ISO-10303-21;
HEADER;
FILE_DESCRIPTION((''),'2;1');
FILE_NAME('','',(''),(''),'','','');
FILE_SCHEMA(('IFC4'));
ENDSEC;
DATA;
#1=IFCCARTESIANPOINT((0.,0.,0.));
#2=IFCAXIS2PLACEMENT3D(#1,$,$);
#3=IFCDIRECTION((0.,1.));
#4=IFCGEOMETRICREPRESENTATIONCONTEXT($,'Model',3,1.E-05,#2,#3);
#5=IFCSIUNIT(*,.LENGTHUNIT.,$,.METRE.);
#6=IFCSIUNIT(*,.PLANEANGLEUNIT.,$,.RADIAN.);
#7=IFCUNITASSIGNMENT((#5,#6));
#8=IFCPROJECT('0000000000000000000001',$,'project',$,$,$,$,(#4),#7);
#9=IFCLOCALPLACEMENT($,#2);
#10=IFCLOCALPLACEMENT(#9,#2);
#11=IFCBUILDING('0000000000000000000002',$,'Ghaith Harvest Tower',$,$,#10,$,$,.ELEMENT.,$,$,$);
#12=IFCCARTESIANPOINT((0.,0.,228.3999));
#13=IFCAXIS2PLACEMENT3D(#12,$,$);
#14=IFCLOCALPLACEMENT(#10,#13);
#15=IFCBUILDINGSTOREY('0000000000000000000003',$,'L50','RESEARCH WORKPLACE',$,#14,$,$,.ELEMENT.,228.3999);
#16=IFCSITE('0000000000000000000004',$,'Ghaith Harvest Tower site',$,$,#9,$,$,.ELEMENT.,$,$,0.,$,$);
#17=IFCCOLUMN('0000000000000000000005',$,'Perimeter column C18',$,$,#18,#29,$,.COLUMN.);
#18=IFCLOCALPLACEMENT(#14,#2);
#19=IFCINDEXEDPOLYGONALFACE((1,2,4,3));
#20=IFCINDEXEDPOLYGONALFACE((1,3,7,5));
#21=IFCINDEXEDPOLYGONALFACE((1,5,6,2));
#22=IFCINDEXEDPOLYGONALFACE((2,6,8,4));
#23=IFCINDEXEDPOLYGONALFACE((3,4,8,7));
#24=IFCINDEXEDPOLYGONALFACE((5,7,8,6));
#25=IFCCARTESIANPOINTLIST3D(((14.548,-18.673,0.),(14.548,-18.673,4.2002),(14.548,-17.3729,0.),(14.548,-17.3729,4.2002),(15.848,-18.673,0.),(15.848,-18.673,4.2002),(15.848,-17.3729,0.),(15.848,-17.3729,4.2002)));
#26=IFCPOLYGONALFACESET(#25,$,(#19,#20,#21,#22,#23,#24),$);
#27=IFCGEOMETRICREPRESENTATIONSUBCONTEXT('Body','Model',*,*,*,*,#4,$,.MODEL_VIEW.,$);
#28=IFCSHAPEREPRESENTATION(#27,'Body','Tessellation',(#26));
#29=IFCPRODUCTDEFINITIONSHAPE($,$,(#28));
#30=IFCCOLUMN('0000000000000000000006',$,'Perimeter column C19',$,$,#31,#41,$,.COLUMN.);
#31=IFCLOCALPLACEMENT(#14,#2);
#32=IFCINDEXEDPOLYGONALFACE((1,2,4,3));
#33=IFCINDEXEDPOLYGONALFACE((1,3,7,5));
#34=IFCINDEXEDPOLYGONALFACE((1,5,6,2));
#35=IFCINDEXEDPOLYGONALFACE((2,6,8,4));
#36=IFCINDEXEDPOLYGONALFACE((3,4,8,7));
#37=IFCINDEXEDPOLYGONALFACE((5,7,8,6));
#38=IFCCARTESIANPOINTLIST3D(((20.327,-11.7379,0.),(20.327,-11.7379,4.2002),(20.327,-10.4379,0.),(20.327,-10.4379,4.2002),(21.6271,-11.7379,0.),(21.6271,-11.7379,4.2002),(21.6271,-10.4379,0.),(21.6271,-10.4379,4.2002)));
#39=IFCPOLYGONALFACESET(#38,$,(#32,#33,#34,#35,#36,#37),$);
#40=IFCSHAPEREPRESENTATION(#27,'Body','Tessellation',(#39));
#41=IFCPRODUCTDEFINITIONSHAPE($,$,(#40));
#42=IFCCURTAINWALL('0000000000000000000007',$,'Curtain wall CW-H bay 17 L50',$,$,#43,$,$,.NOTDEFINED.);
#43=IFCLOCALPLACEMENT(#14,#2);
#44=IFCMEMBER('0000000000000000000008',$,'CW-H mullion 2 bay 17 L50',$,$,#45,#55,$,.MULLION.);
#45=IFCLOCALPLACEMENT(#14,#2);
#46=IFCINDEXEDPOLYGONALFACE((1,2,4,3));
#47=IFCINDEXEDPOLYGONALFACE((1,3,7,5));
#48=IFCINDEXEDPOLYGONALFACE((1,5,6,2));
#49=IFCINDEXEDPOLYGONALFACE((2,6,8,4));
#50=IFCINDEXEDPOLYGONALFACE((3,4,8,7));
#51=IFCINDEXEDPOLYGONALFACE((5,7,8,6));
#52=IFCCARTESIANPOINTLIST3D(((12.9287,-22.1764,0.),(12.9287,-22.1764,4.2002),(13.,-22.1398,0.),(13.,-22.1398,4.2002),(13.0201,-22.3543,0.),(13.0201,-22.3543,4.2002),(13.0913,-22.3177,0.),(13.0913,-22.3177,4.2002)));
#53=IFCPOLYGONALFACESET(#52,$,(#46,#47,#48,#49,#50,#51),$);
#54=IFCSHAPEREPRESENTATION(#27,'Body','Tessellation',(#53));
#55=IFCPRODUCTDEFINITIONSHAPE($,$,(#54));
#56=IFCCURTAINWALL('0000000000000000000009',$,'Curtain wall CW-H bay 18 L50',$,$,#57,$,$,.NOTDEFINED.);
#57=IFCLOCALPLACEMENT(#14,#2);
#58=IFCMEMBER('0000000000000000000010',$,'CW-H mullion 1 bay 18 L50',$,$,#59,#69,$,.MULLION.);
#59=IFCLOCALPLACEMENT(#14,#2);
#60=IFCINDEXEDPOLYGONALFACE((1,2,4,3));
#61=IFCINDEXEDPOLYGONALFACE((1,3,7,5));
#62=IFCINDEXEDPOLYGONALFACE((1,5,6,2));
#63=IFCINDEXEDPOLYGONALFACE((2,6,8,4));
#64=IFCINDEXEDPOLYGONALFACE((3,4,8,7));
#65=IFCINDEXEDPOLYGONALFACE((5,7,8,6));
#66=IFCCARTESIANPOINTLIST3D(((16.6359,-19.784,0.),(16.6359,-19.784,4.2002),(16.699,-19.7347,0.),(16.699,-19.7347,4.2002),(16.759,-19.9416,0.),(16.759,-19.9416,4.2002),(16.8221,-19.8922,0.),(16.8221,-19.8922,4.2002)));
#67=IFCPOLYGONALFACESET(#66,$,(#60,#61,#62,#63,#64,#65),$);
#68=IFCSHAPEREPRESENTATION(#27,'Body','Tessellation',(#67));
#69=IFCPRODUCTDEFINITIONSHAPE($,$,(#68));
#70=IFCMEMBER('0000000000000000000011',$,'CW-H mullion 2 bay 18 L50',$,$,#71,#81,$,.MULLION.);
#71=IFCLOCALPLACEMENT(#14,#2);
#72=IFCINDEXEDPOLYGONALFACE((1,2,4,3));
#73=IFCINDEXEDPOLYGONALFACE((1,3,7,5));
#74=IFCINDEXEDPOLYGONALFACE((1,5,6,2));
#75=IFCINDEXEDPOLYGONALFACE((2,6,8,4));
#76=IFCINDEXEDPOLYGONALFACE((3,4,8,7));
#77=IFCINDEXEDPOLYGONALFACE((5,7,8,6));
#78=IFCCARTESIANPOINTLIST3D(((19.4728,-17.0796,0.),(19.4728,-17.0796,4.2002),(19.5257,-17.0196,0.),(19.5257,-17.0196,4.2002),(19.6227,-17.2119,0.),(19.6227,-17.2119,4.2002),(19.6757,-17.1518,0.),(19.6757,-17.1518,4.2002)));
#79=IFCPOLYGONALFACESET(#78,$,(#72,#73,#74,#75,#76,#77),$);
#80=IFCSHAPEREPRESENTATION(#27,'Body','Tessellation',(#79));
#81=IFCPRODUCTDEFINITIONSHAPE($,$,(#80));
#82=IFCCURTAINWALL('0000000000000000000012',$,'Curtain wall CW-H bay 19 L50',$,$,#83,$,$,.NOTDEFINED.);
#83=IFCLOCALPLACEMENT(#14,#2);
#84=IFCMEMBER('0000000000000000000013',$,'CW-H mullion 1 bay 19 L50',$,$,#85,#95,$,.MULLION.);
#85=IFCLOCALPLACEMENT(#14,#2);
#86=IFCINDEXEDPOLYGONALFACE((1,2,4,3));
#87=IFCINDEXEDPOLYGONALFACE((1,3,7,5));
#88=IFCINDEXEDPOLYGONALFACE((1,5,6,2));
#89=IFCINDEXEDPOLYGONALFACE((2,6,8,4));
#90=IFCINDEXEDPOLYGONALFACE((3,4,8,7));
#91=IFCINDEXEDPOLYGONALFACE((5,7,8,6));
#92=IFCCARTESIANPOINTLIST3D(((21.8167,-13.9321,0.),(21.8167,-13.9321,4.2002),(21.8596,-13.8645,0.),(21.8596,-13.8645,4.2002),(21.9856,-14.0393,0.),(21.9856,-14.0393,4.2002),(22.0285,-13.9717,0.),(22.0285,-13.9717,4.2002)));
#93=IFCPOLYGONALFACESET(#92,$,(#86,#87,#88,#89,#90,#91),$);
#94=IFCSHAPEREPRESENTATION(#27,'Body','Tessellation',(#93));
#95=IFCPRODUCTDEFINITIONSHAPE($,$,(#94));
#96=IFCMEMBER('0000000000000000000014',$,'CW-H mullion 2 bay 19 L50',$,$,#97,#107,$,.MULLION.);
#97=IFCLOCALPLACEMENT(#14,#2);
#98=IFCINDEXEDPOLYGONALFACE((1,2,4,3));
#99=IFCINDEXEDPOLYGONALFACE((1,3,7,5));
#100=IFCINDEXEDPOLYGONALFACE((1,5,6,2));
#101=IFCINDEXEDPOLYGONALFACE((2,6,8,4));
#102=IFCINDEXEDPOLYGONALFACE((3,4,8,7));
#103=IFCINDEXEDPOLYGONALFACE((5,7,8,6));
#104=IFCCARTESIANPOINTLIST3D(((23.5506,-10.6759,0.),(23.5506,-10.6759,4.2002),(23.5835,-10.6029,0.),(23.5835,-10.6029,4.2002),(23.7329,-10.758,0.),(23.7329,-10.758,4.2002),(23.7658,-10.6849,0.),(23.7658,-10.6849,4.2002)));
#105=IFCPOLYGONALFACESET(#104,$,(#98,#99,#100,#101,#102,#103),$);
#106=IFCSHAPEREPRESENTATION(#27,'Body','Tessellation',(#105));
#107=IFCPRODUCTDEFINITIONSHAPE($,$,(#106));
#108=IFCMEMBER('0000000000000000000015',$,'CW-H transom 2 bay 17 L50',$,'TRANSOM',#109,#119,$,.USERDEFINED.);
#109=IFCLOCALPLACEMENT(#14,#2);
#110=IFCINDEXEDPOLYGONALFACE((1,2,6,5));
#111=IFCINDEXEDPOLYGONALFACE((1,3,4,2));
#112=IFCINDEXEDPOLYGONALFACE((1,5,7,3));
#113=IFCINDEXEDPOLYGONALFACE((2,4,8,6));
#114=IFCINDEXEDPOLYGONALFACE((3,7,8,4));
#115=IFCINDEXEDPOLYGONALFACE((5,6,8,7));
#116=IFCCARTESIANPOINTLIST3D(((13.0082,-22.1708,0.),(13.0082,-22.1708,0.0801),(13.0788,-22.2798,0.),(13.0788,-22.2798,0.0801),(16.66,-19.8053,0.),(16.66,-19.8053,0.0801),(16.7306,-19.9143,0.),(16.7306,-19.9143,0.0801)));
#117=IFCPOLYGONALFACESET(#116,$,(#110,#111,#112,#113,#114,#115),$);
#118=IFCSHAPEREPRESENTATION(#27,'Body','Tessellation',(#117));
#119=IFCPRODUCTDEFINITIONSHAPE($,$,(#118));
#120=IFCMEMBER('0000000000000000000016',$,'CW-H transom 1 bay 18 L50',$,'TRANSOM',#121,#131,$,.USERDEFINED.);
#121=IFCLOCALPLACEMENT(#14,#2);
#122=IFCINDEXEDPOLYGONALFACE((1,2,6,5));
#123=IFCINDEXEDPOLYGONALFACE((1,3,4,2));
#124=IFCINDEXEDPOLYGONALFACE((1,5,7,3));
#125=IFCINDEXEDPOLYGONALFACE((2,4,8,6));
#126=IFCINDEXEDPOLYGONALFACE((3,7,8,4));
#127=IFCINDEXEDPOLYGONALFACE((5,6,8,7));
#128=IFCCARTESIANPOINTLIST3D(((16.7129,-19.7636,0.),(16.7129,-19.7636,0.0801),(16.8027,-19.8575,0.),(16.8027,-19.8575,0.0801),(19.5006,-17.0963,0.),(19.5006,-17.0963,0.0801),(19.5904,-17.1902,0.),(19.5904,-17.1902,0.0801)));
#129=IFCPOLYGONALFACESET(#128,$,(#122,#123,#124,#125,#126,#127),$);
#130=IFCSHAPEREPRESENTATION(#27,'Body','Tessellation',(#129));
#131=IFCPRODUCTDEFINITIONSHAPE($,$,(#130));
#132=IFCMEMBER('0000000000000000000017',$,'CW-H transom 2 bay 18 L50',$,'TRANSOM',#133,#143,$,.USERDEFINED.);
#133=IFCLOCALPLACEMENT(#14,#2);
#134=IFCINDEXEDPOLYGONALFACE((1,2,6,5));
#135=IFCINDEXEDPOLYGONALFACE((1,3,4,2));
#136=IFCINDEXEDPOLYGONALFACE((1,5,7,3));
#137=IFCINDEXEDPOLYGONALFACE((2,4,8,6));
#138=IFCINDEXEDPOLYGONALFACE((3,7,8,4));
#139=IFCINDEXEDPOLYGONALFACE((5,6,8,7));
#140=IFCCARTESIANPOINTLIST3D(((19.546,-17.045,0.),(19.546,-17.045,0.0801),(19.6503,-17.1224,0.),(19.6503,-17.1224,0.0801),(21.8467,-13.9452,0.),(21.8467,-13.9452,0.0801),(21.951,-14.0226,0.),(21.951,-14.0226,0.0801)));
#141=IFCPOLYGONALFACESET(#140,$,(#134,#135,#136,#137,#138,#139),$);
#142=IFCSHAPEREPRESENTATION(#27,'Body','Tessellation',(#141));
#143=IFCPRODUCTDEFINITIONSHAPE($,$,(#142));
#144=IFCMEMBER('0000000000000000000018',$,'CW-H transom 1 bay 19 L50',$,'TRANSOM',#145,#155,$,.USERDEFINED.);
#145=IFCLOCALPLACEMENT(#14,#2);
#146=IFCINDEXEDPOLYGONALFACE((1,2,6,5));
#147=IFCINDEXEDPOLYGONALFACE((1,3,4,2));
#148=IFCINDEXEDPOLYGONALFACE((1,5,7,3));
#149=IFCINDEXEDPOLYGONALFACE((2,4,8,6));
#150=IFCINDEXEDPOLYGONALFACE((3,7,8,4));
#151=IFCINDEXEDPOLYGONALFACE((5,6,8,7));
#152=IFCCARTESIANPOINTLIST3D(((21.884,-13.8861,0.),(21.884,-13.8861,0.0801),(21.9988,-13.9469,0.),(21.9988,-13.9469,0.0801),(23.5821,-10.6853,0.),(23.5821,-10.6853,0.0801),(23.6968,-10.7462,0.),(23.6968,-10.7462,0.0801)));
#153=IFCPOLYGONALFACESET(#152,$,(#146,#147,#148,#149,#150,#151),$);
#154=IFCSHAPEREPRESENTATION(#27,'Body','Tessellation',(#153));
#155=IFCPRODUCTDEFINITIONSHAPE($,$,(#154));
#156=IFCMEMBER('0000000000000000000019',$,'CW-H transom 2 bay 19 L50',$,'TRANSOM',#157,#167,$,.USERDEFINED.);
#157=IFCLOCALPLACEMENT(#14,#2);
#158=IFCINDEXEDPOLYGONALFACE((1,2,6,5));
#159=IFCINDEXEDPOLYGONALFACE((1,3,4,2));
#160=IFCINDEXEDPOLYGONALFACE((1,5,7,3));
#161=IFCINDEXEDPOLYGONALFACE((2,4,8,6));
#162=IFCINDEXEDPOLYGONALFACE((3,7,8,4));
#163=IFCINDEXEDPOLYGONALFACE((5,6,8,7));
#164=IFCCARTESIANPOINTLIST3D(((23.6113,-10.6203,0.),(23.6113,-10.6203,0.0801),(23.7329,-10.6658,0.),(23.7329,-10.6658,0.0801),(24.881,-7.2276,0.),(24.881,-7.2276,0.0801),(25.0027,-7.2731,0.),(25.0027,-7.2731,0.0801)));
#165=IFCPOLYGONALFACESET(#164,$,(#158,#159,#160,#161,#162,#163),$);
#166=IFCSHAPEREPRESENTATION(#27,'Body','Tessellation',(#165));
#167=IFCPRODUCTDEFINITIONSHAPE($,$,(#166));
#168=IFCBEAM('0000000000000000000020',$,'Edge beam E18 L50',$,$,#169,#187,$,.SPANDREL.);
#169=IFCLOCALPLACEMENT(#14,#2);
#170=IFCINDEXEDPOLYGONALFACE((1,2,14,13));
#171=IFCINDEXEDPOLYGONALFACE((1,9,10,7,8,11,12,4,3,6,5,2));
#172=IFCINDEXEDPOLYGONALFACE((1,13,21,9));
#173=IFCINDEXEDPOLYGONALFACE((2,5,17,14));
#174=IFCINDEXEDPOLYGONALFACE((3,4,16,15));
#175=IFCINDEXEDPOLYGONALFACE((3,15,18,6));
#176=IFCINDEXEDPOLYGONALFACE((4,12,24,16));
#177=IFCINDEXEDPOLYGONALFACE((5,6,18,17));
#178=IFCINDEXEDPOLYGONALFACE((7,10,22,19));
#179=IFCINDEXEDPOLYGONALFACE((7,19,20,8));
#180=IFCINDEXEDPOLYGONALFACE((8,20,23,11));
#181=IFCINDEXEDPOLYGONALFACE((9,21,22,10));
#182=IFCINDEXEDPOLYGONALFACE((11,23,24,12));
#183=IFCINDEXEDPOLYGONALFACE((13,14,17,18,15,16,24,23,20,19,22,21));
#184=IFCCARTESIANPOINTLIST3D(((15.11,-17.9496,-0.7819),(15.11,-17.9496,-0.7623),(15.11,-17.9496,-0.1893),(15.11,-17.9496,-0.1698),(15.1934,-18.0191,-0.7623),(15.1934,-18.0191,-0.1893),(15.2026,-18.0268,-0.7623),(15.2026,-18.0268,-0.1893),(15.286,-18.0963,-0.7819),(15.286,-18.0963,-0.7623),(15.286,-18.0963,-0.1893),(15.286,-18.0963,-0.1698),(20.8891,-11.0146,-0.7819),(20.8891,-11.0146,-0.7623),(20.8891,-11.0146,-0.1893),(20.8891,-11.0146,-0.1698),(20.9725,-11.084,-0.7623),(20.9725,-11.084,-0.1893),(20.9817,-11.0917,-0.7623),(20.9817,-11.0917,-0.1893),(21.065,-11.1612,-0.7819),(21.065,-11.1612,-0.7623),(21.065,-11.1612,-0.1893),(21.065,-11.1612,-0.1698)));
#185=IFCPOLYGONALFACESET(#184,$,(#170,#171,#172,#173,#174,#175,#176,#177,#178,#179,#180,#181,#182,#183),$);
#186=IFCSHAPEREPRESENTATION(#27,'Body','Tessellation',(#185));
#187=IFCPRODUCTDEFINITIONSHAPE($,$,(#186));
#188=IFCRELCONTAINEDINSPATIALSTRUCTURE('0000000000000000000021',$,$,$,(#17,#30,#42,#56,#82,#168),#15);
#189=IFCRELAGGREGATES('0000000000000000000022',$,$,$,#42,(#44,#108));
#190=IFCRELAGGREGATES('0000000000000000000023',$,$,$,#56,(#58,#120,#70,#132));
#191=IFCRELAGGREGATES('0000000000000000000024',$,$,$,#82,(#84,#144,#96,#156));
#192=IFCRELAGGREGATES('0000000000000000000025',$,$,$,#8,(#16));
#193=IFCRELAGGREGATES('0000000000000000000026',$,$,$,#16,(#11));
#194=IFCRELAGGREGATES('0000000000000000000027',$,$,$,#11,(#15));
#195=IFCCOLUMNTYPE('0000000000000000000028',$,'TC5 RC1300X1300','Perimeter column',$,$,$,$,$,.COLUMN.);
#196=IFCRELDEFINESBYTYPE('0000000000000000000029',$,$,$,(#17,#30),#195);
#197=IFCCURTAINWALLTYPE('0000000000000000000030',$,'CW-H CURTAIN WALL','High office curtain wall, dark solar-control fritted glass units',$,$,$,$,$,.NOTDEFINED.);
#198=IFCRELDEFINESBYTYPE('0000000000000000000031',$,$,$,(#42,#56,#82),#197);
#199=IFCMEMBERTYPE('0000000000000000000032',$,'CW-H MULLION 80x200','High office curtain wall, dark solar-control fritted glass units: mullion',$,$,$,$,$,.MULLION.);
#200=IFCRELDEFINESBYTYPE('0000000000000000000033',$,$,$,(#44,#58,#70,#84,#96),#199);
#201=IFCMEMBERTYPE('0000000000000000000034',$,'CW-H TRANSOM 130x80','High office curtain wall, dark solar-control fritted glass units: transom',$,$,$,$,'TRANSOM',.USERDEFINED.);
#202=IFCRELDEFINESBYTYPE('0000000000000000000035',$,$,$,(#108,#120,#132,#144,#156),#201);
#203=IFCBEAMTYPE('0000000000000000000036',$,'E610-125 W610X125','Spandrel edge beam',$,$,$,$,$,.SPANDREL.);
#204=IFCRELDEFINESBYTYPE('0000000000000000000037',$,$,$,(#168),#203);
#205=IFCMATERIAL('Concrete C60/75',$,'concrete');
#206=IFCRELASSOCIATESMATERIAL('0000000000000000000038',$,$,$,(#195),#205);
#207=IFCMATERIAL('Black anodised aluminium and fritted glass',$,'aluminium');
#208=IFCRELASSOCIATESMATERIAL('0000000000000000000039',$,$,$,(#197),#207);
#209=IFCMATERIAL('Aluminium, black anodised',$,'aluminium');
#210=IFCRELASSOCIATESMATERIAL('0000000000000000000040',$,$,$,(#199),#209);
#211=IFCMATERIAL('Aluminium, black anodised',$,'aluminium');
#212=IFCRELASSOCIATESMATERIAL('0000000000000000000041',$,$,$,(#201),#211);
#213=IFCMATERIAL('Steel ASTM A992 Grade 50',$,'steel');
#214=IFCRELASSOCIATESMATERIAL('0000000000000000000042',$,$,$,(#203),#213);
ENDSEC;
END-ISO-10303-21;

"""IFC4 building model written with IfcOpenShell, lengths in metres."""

from ifc_helpers import new_model, si_unit, direction, frame, origin, origin_2d, place, context, subcontext, project, spatial, rectangle, i_section, extrude, material, material_profile, profile_set, type_object, element, aggregate, save


model = new_model("IFC4")

# Units and contexts
model_context = context("Model", 3, precision=1e-05, world=origin(), true_north=direction((0.0, 1.0)))
body_context = subcontext(model_context, "Body", "Model", "MODEL_VIEW")
ifc_project = project(units=[si_unit("LENGTHUNIT", "METRE"), si_unit("PLANEANGLEUNIT", "RADIAN")], contexts=[model_context])

# Site, building, storey
site_placement = place(None, origin())
site = spatial("IfcSite", under=ifc_project, at=site_placement, Name="Ghaith Harvest Tower site", CompositionType="ELEMENT", RefElevation=0.0)
building_placement = place(site_placement, origin())
building = spatial("IfcBuilding", under=site, at=building_placement, Name="Ghaith Harvest Tower", CompositionType="ELEMENT")
storey_placement = place(building_placement, frame((0.0, 0.0, 228.3999)))
storey = spatial("IfcBuildingStorey", under=building, at=storey_placement, Name="L50", Description="RESEARCH WORKPLACE", CompositionType="ELEMENT", Elevation=228.3999)

# Columns
ifc_material_1 = material(Name="Concrete C60/75", Category="concrete")
ifc_material_profile_1 = material_profile(ifc_material_1, rectangle(XDim=1.3, YDim=1.3, at=origin_2d()), Name="RC1300X1300")
ifc_profile_set_1 = profile_set([ifc_material_profile_1], Name="Concrete C60/75")
column_type = type_object("IfcColumnType", Name="TC5 RC1300X1300", Description="Perimeter column", PredefinedType="COLUMN", material=ifc_profile_set_1)
for number, where, z_axis, x_axis, name in (
    (1, (15.198, -18.0229, 0.0), (0.0, 0.0, 1.0), (1.0, 0.0, 0.0), "Perimeter column C18"),
    (2, (20.9771, -11.0879, 0.0), (0.0, 0.0, 1.0), (1.0, 0.0, 0.0), "Perimeter column C19"),
):
    element("IfcColumn", number, at=place(storey_placement, frame(where, z_axis=z_axis, x_axis=x_axis)), inside=storey, type_object=column_type, Name=name, PredefinedType="COLUMN", context=body_context, shape_type="SweptSolid", body=[
        extrude(rectangle(XDim=1.3, YDim=1.3, at=origin_2d()), origin(), (0.0, 0.0, 1.0), 4.2002),
    ])

# Curtain wall, member
ifc_material_2 = material(Name="Black anodised aluminium and fritted glass", Category="aluminium")
curtain_wall_type = type_object("IfcCurtainWallType", Name="CW-H CURTAIN WALL", Description="High office curtain wall, dark solar-control fritted glass units", PredefinedType="NOTDEFINED", material=ifc_material_2)
curtain_wall_1_placement = place(storey_placement, origin())
curtain_wall_1 = element("IfcCurtainWall", 3, at=curtain_wall_1_placement, inside=storey, type_object=curtain_wall_type, Name="Curtain wall CW-H bay 17 L50", PredefinedType="NOTDEFINED")
ifc_material_3 = material(Name="Aluminium, black anodised", Category="aluminium")
ifc_material_profile_2 = material_profile(ifc_material_3, rectangle(XDim=0.0801, YDim=0.2, at=origin_2d()), Name="CW-H MULLION 80x200")
ifc_profile_set_2 = profile_set([ifc_material_profile_2], Name="Aluminium, black anodised")
member_type_1 = type_object("IfcMemberType", Name="CW-H MULLION 80x200", Description="High office curtain wall, dark solar-control fritted glass units: mullion", PredefinedType="MULLION", material=ifc_profile_set_2)
member_1_placement = place(storey_placement, frame((13.01, -22.2471, 0.0), z_axis=(0.0, 0.0, 1.0), x_axis=(0.889568, 0.456802, 0.0)))
member_1 = element("IfcMember", 4, at=member_1_placement, type_object=member_type_1, Name="CW-H mullion 2 bay 17 L50", PredefinedType="MULLION", context=body_context, shape_type="SweptSolid", body=[
    extrude(rectangle(XDim=0.0801, YDim=0.2, at=origin_2d()), origin(), (0.0, 0.0, 1.0), 4.2002),
])

# Curtain walls, members
curtain_wall_2_placement = place(storey_placement, origin())
curtain_wall_2 = element("IfcCurtainWall", 5, at=curtain_wall_2_placement, inside=storey, type_object=curtain_wall_type, Name="Curtain wall CW-H bay 18 L50", PredefinedType="NOTDEFINED")
member_2_placement = place(storey_placement, frame((16.729, -19.8381, 0.0), z_axis=(0.0, 0.0, 1.0), x_axis=(0.787846, 0.615873, 0.0)))
member_2 = element("IfcMember", 6, at=member_2_placement, type_object=member_type_1, Name="CW-H mullion 1 bay 18 L50", PredefinedType="MULLION", context=body_context, shape_type="SweptSolid", body=[
    extrude(rectangle(XDim=0.0801, YDim=0.2, at=origin_2d()), origin(), (0.0, 0.0, 1.0), 4.2002),
])
member_3_placement = place(storey_placement, frame((19.5742, -17.1157, 0.0), z_axis=(0.0, 0.0, 1.0), x_axis=(0.661615, 0.749844, 0.0)))
member_3 = element("IfcMember", 7, at=member_3_placement, type_object=member_type_1, Name="CW-H mullion 2 bay 18 L50", PredefinedType="MULLION", context=body_context, shape_type="SweptSolid", body=[
    extrude(rectangle(XDim=0.0801, YDim=0.2, at=origin_2d()), origin(), (0.0, 0.0, 1.0), 4.2002),
])
curtain_wall_3_placement = place(storey_placement, origin())
curtain_wall_3 = element("IfcCurtainWall", 8, at=curtain_wall_3_placement, inside=storey, type_object=curtain_wall_type, Name="Curtain wall CW-H bay 19 L50", PredefinedType="NOTDEFINED")
member_4_placement = place(storey_placement, frame((21.9226, -13.9519, 0.0), z_axis=(0.0, 0.0, 1.0), x_axis=(0.535827, 0.844328, 0.0)))
member_4 = element("IfcMember", 9, at=member_4_placement, type_object=member_type_1, Name="CW-H mullion 1 bay 19 L50", PredefinedType="MULLION", context=body_context, shape_type="SweptSolid", body=[
    extrude(rectangle(XDim=0.0801, YDim=0.2, at=origin_2d()), origin(), (0.0, 0.0, 1.0), 4.2002),
])
member_5_placement = place(storey_placement, frame((23.6582, -10.6804, 0.0), z_axis=(0.0, 0.0, 1.0), x_axis=(0.41043, 0.911892, 0.0)))
member_5 = element("IfcMember", 10, at=member_5_placement, type_object=member_type_1, Name="CW-H mullion 2 bay 19 L50", PredefinedType="MULLION", context=body_context, shape_type="SweptSolid", body=[
    extrude(rectangle(XDim=0.0801, YDim=0.2, at=origin_2d()), origin(), (0.0, 0.0, 1.0), 4.2002),
])

# Members
ifc_material_4 = material(Name="Aluminium, black anodised", Category="aluminium")
ifc_material_profile_3 = material_profile(ifc_material_4, rectangle(XDim=0.1299, YDim=0.0801, at=origin_2d()), Name="CW-H TRANSOM 130x80")
ifc_profile_set_3 = profile_set([ifc_material_profile_3], Name="Aluminium, black anodised")
member_type_2 = type_object("IfcMemberType", Name="CW-H TRANSOM 130x80", Description="High office curtain wall, dark solar-control fritted glass units: transom", ElementType="TRANSOM", PredefinedType="USERDEFINED", material=ifc_profile_set_3)
member_6_placement = place(storey_placement, frame((13.0435, -22.2253, 0.04), z_axis=(0.839307, 0.543658, 0.0), x_axis=(-0.543658, 0.839307, 0.0)))
member_6 = element("IfcMember", 11, at=member_6_placement, type_object=member_type_2, Name="CW-H transom 2 bay 17 L50", ObjectType="TRANSOM", PredefinedType="USERDEFINED", context=body_context, shape_type="SweptSolid", body=[
    extrude(rectangle(XDim=0.1299, YDim=0.0801, at=origin_2d()), origin(), (0.0, 0.0, 1.0), 4.3511),
])
member_7_placement = place(storey_placement, frame((16.7578, -19.8105, 0.04), z_axis=(0.722533, 0.691336, 0.0), x_axis=(-0.691336, 0.722533, 0.0)))
member_7 = element("IfcMember", 12, at=member_7_placement, type_object=member_type_2, Name="CW-H transom 1 bay 18 L50", ObjectType="TRANSOM", PredefinedType="USERDEFINED", context=body_context, shape_type="SweptSolid", body=[
    extrude(rectangle(XDim=0.1299, YDim=0.0801, at=origin_2d()), origin(), (0.0, 0.0, 1.0), 3.8582),
])
member_8_placement = place(storey_placement, frame((19.5981, -17.0837, 0.04), z_axis=(0.595996, 0.802988, 0.0), x_axis=(-0.802988, 0.595996, 0.0)))
member_8 = element("IfcMember", 13, at=member_8_placement, type_object=member_type_2, Name="CW-H transom 2 bay 18 L50", ObjectType="TRANSOM", PredefinedType="USERDEFINED", context=body_context, shape_type="SweptSolid", body=[
    extrude(rectangle(XDim=0.1299, YDim=0.0801, at=origin_2d()), origin(), (0.0, 0.0, 1.0), 3.8604),
])
member_9_placement = place(storey_placement, frame((21.9414, -13.9165, 0.04), z_axis=(0.468646, 0.883386, 0.0), x_axis=(-0.883386, 0.468646, 0.0)))
member_9 = element("IfcMember", 14, at=member_9_placement, type_object=member_type_2, Name="CW-H transom 1 bay 19 L50", ObjectType="TRANSOM", PredefinedType="USERDEFINED", context=body_context, shape_type="SweptSolid", body=[
    extrude(rectangle(XDim=0.1299, YDim=0.0801, at=origin_2d()), origin(), (0.0, 0.0, 1.0), 3.6233),
])
member_10_placement = place(storey_placement, frame((23.6721, -10.6431, 0.04), z_axis=(0.35051, 0.936559, 0.0), x_axis=(-0.936559, 0.35051, 0.0)))
member_10 = element("IfcMember", 15, at=member_10_placement, type_object=member_type_2, Name="CW-H transom 2 bay 19 L50", ObjectType="TRANSOM", PredefinedType="USERDEFINED", context=body_context, shape_type="SweptSolid", body=[
    extrude(rectangle(XDim=0.1299, YDim=0.0801, at=origin_2d()), origin(), (0.0, 0.0, 1.0), 3.6226),
])

# Beam
ifc_material_5 = material(Name="Steel ASTM A992 Grade 50", Category="steel")
ifc_material_profile_4 = material_profile(ifc_material_5, i_section(OverallWidth=0.229, OverallDepth=0.6121, WebThickness=0.012, FlangeThickness=0.0195, at=origin_2d()), Name="W610X125")
ifc_profile_set_4 = profile_set([ifc_material_profile_4], Name="Steel ASTM A992 Grade 50")
beam_type_1 = type_object("IfcBeamType", Name="E610-125 W610X125", Description="Spandrel edge beam", PredefinedType="SPANDREL", material=ifc_profile_set_4)
beam_1_placement = place(storey_placement, frame((15.198, -18.0229, -0.4758), z_axis=(0.640174, 0.76823, 0.0), x_axis=(-0.76823, 0.640174, 0.0)))
element("IfcBeam", 16, at=beam_1_placement, inside=storey, type_object=beam_type_1, Name="Edge beam E18 L50", PredefinedType="SPANDREL", context=body_context, shape_type="SweptSolid", body=[
    extrude(i_section(OverallWidth=0.229, OverallDepth=0.6121, WebThickness=0.012, FlangeThickness=0.0195, at=origin_2d()), origin(), (0.0, 0.0, 1.0), 9.0273),
])

aggregate(curtain_wall_1, [member_1, member_6])
aggregate(curtain_wall_2, [member_2, member_7, member_3, member_8])
aggregate(curtain_wall_3, [member_4, member_9, member_5, member_10])

save(model, "model.ifc")
